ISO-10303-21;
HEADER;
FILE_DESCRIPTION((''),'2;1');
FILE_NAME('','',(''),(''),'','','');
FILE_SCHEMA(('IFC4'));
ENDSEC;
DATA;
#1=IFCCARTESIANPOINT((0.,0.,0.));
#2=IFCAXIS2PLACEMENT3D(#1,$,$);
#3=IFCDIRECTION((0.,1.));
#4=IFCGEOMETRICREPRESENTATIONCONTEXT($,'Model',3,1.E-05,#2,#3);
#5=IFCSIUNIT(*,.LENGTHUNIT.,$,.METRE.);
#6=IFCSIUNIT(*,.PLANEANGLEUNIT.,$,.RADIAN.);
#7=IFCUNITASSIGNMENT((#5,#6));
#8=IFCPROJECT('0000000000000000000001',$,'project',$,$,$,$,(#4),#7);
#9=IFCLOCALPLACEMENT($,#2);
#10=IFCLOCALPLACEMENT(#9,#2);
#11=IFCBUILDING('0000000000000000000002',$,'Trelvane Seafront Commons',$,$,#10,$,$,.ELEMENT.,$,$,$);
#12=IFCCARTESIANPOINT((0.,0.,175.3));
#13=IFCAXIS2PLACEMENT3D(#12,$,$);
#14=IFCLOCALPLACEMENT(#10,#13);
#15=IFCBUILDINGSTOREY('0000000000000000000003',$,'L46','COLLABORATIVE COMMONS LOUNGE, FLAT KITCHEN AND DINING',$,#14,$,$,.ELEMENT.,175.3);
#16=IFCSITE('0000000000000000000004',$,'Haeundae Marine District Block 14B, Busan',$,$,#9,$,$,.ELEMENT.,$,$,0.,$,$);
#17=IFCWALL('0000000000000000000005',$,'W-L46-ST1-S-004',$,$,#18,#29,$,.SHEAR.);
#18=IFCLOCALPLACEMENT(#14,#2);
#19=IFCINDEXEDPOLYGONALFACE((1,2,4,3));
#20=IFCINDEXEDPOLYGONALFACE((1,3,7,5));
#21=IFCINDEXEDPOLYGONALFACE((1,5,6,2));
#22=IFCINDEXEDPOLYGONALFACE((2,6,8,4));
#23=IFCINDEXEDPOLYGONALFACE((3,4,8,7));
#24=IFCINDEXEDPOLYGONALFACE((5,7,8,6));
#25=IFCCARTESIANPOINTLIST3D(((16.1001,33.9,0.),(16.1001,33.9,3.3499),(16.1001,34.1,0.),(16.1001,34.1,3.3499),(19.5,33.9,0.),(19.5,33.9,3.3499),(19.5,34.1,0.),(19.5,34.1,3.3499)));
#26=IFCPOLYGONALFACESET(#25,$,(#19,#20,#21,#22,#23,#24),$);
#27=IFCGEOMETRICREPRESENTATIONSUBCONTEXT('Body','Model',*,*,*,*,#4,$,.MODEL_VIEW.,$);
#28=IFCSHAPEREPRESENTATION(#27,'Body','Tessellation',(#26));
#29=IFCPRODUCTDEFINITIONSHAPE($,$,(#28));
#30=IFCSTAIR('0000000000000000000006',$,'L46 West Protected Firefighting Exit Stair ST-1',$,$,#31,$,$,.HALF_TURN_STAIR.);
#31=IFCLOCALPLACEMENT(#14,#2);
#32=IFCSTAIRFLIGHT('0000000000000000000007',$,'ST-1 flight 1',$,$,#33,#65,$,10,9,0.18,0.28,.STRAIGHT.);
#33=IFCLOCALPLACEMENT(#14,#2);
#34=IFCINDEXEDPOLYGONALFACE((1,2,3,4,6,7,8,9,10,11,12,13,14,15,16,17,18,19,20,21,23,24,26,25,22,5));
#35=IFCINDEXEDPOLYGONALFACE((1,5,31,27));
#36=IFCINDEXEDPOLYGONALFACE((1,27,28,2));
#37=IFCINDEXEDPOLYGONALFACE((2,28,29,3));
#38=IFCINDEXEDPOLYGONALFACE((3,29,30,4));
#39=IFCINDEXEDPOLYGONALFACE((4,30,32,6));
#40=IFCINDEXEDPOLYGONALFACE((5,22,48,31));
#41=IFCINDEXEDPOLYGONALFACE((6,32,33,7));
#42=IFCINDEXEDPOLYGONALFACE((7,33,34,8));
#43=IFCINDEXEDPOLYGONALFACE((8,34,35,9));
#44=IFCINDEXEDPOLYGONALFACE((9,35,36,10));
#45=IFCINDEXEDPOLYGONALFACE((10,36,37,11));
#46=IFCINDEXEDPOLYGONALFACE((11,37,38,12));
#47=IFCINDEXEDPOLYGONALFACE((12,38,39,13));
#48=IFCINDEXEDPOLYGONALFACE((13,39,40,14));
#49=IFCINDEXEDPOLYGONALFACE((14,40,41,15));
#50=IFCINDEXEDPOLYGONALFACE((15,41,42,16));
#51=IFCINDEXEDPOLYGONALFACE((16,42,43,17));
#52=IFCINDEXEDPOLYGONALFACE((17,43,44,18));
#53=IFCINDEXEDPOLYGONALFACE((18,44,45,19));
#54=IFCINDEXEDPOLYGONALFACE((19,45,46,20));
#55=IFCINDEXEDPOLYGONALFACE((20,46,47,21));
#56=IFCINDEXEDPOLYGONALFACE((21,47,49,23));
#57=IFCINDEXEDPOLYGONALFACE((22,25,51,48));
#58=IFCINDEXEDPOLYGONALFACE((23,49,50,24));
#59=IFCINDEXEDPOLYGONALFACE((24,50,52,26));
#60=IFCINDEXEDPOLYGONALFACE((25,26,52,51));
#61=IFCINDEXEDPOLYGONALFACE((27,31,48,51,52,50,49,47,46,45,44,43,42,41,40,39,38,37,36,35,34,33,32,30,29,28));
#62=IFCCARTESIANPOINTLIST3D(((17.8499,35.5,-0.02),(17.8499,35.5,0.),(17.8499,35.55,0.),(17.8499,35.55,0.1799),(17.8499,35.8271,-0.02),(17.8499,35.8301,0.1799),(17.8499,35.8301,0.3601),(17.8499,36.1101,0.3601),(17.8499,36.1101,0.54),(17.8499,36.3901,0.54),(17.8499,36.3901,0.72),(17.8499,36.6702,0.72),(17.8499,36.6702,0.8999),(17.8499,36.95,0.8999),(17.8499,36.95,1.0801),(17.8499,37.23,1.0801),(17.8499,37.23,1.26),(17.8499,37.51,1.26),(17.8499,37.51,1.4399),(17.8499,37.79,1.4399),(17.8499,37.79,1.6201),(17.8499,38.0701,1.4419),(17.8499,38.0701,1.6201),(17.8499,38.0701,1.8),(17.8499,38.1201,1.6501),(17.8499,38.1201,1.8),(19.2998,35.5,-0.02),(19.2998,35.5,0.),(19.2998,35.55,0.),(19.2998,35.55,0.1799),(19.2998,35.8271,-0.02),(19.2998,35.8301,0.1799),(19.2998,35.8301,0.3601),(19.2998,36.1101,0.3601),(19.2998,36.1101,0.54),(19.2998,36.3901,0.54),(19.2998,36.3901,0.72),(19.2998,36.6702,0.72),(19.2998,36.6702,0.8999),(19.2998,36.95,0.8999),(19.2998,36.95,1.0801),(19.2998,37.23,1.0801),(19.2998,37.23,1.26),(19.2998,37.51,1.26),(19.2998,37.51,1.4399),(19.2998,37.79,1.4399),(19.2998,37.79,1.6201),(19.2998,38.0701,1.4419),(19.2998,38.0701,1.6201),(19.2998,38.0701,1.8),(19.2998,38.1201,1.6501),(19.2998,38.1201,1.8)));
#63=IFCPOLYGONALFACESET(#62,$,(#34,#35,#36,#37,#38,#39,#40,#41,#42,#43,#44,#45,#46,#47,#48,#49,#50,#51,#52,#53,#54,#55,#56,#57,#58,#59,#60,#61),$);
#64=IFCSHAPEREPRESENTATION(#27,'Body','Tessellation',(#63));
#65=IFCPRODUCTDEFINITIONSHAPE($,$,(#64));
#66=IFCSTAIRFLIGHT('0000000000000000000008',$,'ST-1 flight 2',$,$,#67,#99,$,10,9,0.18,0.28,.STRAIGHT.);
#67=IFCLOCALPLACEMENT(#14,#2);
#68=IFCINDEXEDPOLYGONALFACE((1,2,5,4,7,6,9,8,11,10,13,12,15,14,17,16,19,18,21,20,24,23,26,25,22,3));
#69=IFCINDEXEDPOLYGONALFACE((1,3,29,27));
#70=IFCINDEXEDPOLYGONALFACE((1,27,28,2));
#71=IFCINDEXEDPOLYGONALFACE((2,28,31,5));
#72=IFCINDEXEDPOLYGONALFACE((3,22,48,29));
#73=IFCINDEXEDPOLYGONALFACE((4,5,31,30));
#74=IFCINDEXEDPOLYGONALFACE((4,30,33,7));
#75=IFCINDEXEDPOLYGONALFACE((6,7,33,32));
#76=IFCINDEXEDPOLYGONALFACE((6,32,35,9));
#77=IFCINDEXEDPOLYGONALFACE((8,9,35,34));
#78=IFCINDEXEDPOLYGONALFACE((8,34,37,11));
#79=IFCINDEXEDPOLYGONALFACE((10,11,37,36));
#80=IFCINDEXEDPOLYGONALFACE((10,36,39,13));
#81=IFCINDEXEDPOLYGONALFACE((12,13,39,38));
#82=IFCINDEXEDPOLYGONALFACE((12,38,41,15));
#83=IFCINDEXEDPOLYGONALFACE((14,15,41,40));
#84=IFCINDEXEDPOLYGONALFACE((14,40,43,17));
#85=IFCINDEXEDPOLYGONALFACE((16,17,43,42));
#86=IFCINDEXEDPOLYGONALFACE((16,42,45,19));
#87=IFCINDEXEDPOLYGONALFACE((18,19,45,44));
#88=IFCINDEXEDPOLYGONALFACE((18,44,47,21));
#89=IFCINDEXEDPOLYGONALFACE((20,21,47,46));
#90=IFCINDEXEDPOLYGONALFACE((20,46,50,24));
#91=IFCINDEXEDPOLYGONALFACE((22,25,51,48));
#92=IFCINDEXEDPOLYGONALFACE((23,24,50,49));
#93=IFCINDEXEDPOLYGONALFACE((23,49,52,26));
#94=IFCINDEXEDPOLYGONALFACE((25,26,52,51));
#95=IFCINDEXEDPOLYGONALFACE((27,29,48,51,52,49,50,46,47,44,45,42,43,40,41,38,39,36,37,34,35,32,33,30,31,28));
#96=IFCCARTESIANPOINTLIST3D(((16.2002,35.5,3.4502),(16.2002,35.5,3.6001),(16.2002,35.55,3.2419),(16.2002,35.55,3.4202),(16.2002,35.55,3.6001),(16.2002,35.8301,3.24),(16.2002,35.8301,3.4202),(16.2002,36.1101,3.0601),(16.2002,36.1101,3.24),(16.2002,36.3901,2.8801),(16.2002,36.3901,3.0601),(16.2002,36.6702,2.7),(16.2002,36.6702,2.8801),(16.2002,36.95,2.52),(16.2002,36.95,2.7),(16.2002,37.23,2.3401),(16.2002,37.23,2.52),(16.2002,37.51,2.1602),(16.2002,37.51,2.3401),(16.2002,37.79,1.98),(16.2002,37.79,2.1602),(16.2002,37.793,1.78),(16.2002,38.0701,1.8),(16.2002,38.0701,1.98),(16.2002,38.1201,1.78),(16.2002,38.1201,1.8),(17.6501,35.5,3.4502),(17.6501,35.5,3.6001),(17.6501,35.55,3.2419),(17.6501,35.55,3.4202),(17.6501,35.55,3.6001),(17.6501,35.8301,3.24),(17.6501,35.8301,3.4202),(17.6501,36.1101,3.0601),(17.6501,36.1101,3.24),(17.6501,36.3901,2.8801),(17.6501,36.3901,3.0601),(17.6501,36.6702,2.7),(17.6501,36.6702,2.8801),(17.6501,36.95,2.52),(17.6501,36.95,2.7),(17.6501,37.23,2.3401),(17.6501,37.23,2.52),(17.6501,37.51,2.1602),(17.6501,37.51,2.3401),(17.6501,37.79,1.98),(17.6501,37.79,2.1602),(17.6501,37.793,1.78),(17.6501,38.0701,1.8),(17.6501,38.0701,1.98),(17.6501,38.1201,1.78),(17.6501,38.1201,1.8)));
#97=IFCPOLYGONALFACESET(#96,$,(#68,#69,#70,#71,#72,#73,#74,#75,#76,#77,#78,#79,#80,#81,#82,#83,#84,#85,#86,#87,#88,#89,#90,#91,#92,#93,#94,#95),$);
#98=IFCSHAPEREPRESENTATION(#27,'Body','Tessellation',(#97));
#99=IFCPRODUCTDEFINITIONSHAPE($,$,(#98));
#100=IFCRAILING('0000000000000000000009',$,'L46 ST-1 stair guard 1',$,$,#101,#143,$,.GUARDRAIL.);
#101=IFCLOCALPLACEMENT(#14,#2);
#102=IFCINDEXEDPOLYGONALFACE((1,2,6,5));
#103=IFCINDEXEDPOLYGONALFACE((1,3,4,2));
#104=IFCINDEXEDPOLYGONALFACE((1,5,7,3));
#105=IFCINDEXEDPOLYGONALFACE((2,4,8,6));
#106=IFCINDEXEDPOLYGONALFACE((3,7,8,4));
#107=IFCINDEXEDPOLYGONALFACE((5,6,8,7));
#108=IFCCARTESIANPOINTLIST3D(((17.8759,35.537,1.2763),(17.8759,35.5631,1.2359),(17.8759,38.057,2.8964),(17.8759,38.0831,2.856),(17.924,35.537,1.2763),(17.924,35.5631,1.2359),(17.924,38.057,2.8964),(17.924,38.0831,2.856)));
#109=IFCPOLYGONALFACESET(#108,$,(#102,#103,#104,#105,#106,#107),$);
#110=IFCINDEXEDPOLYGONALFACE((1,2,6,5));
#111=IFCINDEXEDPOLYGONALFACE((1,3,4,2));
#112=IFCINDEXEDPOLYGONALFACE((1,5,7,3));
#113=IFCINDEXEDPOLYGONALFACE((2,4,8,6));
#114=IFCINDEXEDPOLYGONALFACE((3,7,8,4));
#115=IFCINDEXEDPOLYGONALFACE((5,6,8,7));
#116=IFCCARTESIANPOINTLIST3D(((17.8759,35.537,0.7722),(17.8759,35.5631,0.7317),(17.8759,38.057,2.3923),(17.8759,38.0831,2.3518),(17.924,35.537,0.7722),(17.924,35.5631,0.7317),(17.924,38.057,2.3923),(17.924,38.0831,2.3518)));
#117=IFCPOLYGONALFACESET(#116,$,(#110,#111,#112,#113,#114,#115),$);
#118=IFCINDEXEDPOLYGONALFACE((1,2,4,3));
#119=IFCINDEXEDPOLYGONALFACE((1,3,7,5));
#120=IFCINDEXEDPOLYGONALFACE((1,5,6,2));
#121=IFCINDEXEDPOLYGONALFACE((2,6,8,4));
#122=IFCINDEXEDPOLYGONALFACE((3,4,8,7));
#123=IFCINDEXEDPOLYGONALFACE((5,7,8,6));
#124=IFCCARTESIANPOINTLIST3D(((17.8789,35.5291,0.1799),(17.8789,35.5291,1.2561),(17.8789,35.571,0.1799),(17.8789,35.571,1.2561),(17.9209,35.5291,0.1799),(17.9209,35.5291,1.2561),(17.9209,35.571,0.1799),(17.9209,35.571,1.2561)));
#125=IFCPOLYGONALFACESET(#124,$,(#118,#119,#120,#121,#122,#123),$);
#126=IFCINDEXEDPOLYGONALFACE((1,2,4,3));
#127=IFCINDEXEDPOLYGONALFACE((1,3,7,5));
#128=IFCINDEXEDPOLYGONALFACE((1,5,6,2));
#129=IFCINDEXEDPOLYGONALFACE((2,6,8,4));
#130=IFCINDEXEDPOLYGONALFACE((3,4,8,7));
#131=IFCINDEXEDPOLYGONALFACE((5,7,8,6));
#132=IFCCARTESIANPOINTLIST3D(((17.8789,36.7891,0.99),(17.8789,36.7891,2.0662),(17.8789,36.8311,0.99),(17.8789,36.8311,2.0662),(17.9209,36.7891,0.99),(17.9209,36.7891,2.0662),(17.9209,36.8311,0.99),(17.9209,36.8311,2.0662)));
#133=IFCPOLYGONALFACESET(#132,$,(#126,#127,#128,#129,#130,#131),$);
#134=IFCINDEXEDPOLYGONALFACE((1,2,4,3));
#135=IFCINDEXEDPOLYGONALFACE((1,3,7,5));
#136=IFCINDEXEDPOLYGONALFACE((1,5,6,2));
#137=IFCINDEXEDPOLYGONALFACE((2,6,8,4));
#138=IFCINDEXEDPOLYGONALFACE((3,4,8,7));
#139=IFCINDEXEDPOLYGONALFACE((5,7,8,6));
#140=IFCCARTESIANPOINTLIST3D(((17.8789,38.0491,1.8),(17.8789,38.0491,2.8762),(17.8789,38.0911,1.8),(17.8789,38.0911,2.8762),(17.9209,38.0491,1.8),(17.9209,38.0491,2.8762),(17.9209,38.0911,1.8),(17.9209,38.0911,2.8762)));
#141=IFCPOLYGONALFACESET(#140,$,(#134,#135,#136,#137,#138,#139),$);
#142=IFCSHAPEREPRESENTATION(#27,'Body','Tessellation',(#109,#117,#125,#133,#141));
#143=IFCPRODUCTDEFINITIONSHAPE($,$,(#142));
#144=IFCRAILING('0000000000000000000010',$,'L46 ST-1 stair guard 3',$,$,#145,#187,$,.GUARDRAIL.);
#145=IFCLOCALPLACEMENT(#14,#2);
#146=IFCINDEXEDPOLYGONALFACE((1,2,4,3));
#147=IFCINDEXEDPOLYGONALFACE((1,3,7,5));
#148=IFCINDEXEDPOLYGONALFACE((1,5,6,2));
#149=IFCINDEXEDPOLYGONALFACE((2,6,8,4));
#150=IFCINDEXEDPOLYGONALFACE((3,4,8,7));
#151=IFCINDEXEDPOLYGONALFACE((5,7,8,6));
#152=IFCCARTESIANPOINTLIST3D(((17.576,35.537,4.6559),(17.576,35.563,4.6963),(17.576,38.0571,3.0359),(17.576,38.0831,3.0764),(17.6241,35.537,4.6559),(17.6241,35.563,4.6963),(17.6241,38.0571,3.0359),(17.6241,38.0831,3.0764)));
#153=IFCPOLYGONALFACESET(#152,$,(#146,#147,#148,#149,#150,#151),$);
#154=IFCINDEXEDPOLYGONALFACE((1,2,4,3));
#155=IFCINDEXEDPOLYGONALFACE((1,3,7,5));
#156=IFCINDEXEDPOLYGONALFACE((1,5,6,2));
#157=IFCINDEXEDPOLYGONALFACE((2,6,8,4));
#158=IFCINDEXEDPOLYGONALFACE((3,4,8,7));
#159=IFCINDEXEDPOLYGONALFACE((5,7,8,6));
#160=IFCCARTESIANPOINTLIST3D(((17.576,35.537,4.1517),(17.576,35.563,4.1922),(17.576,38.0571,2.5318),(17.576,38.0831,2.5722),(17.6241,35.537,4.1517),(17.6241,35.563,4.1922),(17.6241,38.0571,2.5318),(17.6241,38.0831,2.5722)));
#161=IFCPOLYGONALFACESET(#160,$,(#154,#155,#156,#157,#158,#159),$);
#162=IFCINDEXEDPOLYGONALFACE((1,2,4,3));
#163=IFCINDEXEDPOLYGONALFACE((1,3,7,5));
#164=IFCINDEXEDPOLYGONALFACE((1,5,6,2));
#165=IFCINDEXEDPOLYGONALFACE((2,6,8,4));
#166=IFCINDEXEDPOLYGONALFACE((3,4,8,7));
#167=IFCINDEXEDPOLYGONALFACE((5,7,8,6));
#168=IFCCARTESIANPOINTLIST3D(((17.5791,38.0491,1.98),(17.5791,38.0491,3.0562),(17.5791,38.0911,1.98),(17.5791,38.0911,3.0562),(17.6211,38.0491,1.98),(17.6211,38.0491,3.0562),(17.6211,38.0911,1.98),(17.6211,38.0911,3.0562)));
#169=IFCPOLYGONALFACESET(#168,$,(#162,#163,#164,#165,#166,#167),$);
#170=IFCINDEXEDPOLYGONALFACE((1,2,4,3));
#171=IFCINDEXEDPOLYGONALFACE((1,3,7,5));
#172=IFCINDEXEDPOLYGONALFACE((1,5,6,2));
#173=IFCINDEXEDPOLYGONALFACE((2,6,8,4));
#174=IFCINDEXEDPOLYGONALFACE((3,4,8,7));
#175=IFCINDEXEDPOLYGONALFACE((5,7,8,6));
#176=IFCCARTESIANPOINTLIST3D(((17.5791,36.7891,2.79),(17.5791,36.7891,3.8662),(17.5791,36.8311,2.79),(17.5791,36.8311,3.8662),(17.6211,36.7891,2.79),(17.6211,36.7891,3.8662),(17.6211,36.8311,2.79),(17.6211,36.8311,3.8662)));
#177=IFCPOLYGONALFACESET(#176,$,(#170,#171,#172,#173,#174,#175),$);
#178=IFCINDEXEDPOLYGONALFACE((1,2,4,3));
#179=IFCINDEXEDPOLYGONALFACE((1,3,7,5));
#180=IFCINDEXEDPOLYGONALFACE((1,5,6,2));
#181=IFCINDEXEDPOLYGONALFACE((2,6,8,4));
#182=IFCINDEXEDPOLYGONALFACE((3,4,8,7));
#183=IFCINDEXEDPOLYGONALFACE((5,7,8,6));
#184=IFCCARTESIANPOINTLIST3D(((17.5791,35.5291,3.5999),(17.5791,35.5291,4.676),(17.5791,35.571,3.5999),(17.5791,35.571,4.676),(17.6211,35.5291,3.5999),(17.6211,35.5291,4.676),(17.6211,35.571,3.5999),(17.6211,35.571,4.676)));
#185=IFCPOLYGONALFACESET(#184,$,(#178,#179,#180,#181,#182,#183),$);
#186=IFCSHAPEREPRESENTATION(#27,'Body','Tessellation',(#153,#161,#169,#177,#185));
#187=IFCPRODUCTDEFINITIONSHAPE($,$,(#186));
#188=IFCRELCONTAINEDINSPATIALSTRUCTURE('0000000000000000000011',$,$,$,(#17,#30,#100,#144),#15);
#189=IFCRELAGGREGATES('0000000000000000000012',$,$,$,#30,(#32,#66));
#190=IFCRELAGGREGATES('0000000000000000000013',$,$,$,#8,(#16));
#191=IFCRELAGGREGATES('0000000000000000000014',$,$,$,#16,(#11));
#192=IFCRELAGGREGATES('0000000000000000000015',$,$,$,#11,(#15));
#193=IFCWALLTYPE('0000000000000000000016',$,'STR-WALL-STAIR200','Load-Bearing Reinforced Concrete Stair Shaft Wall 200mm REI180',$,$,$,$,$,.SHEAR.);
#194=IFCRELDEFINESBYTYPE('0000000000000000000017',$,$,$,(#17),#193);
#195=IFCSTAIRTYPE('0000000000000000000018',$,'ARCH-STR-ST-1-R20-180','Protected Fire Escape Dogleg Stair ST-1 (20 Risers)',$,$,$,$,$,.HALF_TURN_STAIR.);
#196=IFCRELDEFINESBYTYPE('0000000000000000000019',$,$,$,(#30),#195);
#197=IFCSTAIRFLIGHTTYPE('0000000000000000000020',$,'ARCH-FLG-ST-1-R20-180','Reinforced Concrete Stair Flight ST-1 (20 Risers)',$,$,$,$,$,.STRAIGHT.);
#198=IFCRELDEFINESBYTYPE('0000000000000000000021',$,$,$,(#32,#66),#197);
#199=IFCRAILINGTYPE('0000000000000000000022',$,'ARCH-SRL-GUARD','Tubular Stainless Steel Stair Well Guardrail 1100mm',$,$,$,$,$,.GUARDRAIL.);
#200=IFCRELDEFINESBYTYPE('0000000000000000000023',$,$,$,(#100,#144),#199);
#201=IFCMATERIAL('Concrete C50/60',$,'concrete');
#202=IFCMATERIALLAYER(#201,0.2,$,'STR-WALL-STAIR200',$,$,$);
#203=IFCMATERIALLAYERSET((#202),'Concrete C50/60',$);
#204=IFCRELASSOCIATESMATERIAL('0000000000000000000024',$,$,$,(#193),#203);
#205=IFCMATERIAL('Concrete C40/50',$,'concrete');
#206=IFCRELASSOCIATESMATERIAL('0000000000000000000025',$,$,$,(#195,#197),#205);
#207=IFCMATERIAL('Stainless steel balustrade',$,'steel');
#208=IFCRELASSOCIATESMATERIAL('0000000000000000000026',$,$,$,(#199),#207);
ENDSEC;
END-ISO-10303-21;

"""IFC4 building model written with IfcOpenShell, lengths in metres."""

from ifc_helpers import new_model, si_unit, direction, frame, frame_2d, origin, origin_2d, place, context, subcontext, project, spatial, polyline, rectangle, outline, extrude, source, transform, mapped, material, layer, layer_set, type_object, element, aggregate, save


model = new_model("IFC4")

# Units and contexts
model_context = context("Model", 3, precision=1e-05, world=origin(), true_north=direction((0.0, 1.0)))
body_context = subcontext(model_context, "Body", "Model", "MODEL_VIEW")
ifc_project = project(units=[si_unit("LENGTHUNIT", "METRE"), si_unit("PLANEANGLEUNIT", "RADIAN")], contexts=[model_context])

# Site, building, storey
site_placement = place(None, origin())
site = spatial("IfcSite", under=ifc_project, at=site_placement, Name="Haeundae Marine District Block 14B, Busan", CompositionType="ELEMENT", RefElevation=0.0)
building_placement = place(site_placement, origin())
building = spatial("IfcBuilding", under=site, at=building_placement, Name="Trelvane Seafront Commons", CompositionType="ELEMENT")
storey_placement = place(building_placement, frame((0.0, 0.0, 175.3)))
storey = spatial("IfcBuildingStorey", under=building, at=storey_placement, Name="L46", Description="COLLABORATIVE COMMONS LOUNGE, FLAT KITCHEN AND DINING", CompositionType="ELEMENT", Elevation=175.3)

# Shared definitions
ifc_material_1 = material(Name="Concrete C50/60", Category="concrete")

# Wall
ifc_layer_1 = layer(ifc_material_1, 0.2, Name="STR-WALL-STAIR200")
ifc_layer_set_1 = layer_set([ifc_layer_1], Name="Concrete C50/60")
wall_type_1 = type_object("IfcWallType", Name="STR-WALL-STAIR200", Description="Load-Bearing Reinforced Concrete Stair Shaft Wall 200mm REI180", PredefinedType="SHEAR", material=ifc_layer_set_1)
wall_1_placement = place(storey_placement, frame((16.1001, 34.0, 0.0), z_axis=(0.0, 0.0, 1.0), x_axis=(1.0, 0.0, 0.0)))
element("IfcWall", 1, at=wall_1_placement, inside=storey, type_object=wall_type_1, Name="W-L46-ST1-S-004", PredefinedType="SHEAR", context=body_context, shape_type="SweptSolid", body=[
    extrude(rectangle(XDim=3.3999, YDim=0.2, at=frame_2d((1.7, 0.0))), origin(), (0.0, 0.0, 1.0), 3.3499),
])

# Stair, stair flights
ifc_material_2 = material(Name="Concrete C40/50", Category="concrete")
stair_type = type_object("IfcStairType", Name="ARCH-STR-ST-1-R20-180", Description="Protected Fire Escape Dogleg Stair ST-1 (20 Risers)", PredefinedType="HALF_TURN_STAIR", material=ifc_material_2)
stair_placement = place(storey_placement, origin())
stair = element("IfcStair", 2, at=stair_placement, inside=storey, type_object=stair_type, Name="L46 West Protected Firefighting Exit Stair ST-1", PredefinedType="HALF_TURN_STAIR")
stair_flight_type = type_object("IfcStairFlightType", Name="ARCH-FLG-ST-1-R20-180", Description="Reinforced Concrete Stair Flight ST-1 (20 Risers)", PredefinedType="STRAIGHT", material=ifc_material_2)
shared_shape_1 = source(origin(), body_context, "Body", "SweptSolid", [
    extrude(outline(polyline([(-0.05, -0.02), (-0.05, 0.0), (0.0, 0.0), (0.0, 0.1799), (0.28, 0.1799), (0.28, 0.3601), (0.5601, 0.3601), (0.5601, 0.54), (0.8401, 0.54), (0.8401, 0.72), (1.1201, 0.72), (1.1201, 0.8999), (1.3999, 0.8999), (1.3999, 1.0801), (1.6799, 1.0801), (1.6799, 1.26), (1.96, 1.26), (1.96, 1.4399), (2.24, 1.4399), (2.24, 1.6201), (2.52, 1.6201), (2.52, 1.8), (2.5701, 1.8), (2.5701, 1.6501), (2.52, 1.4419), (0.2771, -0.02), (-0.05, -0.02)])), frame((0.0, 0.7251, 0.0), z_axis=(0.0, -1.0, 0.0), x_axis=(1.0, 0.0, 0.0)), (0.0, 0.0, 1.0), 1.45),
])
stair_flight_1_placement = place(storey_placement, frame((18.575, 35.55, 0.0), z_axis=(0.0, 0.0, 1.0), x_axis=(0.0, 1.0, 0.0)))
stair_flight_1 = element("IfcStairFlight", 3, at=stair_flight_1_placement, type_object=stair_flight_type, Name="ST-1 flight 1", NumberOfRisers=10, NumberOfTreads=9, PredefinedType="STRAIGHT", RiserHeight=0.18, TreadLength=0.28, context=body_context, shape_type="MappedRepresentation", body=[
    mapped(shared_shape_1, transform((0.0, 0.0, 0.0), x_axis=(1.0, 0.0, 0.0), y_axis=(0.0, 1.0, 0.0), z_axis=(0.0, 0.0, 1.0), scale=1.0)),
])
stair_flight_2_placement = place(storey_placement, frame((16.925, 38.0701, 1.8), z_axis=(0.0, 0.0, 1.0), x_axis=(0.0, -1.0, 0.0)))
stair_flight_2 = element("IfcStairFlight", 4, at=stair_flight_2_placement, type_object=stair_flight_type, Name="ST-1 flight 2", NumberOfRisers=10, NumberOfTreads=9, PredefinedType="STRAIGHT", RiserHeight=0.18, TreadLength=0.28, context=body_context, shape_type="MappedRepresentation", body=[
    mapped(shared_shape_1, transform((0.0, 0.0, 0.0), x_axis=(1.0, 0.0, 0.0), y_axis=(0.0, 1.0, 0.0), z_axis=(0.0, 0.0, 1.0), scale=1.0)),
])
aggregate(stair, [stair_flight_1, stair_flight_2])

# Railings
ifc_material_3 = material(Name="Stainless steel balustrade", Category="steel")
railing_type_1 = type_object("IfcRailingType", Name="ARCH-SRL-GUARD", Description="Tubular Stainless Steel Stair Well Guardrail 1100mm", PredefinedType="GUARDRAIL", material=ifc_material_3)
railing_1_placement = place(storey_placement, frame((17.8999, 35.55, 0.1799)))
element("IfcRailing", 5, at=railing_1_placement, inside=storey, type_object=railing_type_1, Name="L46 ST-1 stair guard 1", PredefinedType="GUARDRAIL", context=body_context, shape_type="SweptSolid", body=[
    extrude(rectangle(XDim=0.0481, YDim=0.0481, at=origin_2d()), frame((0.0, 0.0, 1.0762), z_axis=(0.0, 0.841163, 0.540782), x_axis=(-1.0, 0.0, 0.0)), (0.0, 0.0, 1.0), 2.9958),
    extrude(rectangle(XDim=0.0481, YDim=0.0481, at=origin_2d()), frame((0.0, 0.0, 0.572), z_axis=(0.0, 0.841163, 0.540782), x_axis=(-1.0, 0.0, 0.0)), (0.0, 0.0, 1.0), 2.9958),
    extrude(rectangle(XDim=0.042, YDim=0.042, at=origin_2d()), origin(), (0.0, 0.0, 1.0), 1.0762),
    extrude(rectangle(XDim=0.042, YDim=0.042, at=origin_2d()), frame((0.0, 1.26, 0.8101)), (0.0, 0.0, 1.0), 1.0762),
    extrude(rectangle(XDim=0.042, YDim=0.042, at=origin_2d()), frame((0.0, 2.52, 1.6201)), (0.0, 0.0, 1.0), 1.0762),
])
railing_2_placement = place(storey_placement, frame((17.6001, 38.0701, 1.98)))
element("IfcRailing", 6, at=railing_2_placement, inside=storey, type_object=railing_type_1, Name="L46 ST-1 stair guard 3", PredefinedType="GUARDRAIL", context=body_context, shape_type="SweptSolid", body=[
    extrude(rectangle(XDim=0.0481, YDim=0.0481, at=origin_2d()), frame((0.0, 0.0, 1.0762), z_axis=(0.0, -0.8412, 0.540725), x_axis=(1.0, 0.0, 0.0)), (0.0, 0.0, 1.0), 2.9958),
    extrude(rectangle(XDim=0.0481, YDim=0.0481, at=origin_2d()), frame((0.0, 0.0, 0.572), z_axis=(0.0, -0.8412, 0.540725), x_axis=(1.0, 0.0, 0.0)), (0.0, 0.0, 1.0), 2.9958),
    extrude(rectangle(XDim=0.042, YDim=0.042, at=origin_2d()), origin(), (0.0, 0.0, 1.0), 1.0762),
    extrude(rectangle(XDim=0.042, YDim=0.042, at=origin_2d()), frame((0.0, -1.26, 0.8101)), (0.0, 0.0, 1.0), 1.0762),
    extrude(rectangle(XDim=0.042, YDim=0.042, at=origin_2d()), frame((0.0, -2.52, 1.6199)), (0.0, 0.0, 1.0), 1.0762),
])

save(model, "model.ifc")
